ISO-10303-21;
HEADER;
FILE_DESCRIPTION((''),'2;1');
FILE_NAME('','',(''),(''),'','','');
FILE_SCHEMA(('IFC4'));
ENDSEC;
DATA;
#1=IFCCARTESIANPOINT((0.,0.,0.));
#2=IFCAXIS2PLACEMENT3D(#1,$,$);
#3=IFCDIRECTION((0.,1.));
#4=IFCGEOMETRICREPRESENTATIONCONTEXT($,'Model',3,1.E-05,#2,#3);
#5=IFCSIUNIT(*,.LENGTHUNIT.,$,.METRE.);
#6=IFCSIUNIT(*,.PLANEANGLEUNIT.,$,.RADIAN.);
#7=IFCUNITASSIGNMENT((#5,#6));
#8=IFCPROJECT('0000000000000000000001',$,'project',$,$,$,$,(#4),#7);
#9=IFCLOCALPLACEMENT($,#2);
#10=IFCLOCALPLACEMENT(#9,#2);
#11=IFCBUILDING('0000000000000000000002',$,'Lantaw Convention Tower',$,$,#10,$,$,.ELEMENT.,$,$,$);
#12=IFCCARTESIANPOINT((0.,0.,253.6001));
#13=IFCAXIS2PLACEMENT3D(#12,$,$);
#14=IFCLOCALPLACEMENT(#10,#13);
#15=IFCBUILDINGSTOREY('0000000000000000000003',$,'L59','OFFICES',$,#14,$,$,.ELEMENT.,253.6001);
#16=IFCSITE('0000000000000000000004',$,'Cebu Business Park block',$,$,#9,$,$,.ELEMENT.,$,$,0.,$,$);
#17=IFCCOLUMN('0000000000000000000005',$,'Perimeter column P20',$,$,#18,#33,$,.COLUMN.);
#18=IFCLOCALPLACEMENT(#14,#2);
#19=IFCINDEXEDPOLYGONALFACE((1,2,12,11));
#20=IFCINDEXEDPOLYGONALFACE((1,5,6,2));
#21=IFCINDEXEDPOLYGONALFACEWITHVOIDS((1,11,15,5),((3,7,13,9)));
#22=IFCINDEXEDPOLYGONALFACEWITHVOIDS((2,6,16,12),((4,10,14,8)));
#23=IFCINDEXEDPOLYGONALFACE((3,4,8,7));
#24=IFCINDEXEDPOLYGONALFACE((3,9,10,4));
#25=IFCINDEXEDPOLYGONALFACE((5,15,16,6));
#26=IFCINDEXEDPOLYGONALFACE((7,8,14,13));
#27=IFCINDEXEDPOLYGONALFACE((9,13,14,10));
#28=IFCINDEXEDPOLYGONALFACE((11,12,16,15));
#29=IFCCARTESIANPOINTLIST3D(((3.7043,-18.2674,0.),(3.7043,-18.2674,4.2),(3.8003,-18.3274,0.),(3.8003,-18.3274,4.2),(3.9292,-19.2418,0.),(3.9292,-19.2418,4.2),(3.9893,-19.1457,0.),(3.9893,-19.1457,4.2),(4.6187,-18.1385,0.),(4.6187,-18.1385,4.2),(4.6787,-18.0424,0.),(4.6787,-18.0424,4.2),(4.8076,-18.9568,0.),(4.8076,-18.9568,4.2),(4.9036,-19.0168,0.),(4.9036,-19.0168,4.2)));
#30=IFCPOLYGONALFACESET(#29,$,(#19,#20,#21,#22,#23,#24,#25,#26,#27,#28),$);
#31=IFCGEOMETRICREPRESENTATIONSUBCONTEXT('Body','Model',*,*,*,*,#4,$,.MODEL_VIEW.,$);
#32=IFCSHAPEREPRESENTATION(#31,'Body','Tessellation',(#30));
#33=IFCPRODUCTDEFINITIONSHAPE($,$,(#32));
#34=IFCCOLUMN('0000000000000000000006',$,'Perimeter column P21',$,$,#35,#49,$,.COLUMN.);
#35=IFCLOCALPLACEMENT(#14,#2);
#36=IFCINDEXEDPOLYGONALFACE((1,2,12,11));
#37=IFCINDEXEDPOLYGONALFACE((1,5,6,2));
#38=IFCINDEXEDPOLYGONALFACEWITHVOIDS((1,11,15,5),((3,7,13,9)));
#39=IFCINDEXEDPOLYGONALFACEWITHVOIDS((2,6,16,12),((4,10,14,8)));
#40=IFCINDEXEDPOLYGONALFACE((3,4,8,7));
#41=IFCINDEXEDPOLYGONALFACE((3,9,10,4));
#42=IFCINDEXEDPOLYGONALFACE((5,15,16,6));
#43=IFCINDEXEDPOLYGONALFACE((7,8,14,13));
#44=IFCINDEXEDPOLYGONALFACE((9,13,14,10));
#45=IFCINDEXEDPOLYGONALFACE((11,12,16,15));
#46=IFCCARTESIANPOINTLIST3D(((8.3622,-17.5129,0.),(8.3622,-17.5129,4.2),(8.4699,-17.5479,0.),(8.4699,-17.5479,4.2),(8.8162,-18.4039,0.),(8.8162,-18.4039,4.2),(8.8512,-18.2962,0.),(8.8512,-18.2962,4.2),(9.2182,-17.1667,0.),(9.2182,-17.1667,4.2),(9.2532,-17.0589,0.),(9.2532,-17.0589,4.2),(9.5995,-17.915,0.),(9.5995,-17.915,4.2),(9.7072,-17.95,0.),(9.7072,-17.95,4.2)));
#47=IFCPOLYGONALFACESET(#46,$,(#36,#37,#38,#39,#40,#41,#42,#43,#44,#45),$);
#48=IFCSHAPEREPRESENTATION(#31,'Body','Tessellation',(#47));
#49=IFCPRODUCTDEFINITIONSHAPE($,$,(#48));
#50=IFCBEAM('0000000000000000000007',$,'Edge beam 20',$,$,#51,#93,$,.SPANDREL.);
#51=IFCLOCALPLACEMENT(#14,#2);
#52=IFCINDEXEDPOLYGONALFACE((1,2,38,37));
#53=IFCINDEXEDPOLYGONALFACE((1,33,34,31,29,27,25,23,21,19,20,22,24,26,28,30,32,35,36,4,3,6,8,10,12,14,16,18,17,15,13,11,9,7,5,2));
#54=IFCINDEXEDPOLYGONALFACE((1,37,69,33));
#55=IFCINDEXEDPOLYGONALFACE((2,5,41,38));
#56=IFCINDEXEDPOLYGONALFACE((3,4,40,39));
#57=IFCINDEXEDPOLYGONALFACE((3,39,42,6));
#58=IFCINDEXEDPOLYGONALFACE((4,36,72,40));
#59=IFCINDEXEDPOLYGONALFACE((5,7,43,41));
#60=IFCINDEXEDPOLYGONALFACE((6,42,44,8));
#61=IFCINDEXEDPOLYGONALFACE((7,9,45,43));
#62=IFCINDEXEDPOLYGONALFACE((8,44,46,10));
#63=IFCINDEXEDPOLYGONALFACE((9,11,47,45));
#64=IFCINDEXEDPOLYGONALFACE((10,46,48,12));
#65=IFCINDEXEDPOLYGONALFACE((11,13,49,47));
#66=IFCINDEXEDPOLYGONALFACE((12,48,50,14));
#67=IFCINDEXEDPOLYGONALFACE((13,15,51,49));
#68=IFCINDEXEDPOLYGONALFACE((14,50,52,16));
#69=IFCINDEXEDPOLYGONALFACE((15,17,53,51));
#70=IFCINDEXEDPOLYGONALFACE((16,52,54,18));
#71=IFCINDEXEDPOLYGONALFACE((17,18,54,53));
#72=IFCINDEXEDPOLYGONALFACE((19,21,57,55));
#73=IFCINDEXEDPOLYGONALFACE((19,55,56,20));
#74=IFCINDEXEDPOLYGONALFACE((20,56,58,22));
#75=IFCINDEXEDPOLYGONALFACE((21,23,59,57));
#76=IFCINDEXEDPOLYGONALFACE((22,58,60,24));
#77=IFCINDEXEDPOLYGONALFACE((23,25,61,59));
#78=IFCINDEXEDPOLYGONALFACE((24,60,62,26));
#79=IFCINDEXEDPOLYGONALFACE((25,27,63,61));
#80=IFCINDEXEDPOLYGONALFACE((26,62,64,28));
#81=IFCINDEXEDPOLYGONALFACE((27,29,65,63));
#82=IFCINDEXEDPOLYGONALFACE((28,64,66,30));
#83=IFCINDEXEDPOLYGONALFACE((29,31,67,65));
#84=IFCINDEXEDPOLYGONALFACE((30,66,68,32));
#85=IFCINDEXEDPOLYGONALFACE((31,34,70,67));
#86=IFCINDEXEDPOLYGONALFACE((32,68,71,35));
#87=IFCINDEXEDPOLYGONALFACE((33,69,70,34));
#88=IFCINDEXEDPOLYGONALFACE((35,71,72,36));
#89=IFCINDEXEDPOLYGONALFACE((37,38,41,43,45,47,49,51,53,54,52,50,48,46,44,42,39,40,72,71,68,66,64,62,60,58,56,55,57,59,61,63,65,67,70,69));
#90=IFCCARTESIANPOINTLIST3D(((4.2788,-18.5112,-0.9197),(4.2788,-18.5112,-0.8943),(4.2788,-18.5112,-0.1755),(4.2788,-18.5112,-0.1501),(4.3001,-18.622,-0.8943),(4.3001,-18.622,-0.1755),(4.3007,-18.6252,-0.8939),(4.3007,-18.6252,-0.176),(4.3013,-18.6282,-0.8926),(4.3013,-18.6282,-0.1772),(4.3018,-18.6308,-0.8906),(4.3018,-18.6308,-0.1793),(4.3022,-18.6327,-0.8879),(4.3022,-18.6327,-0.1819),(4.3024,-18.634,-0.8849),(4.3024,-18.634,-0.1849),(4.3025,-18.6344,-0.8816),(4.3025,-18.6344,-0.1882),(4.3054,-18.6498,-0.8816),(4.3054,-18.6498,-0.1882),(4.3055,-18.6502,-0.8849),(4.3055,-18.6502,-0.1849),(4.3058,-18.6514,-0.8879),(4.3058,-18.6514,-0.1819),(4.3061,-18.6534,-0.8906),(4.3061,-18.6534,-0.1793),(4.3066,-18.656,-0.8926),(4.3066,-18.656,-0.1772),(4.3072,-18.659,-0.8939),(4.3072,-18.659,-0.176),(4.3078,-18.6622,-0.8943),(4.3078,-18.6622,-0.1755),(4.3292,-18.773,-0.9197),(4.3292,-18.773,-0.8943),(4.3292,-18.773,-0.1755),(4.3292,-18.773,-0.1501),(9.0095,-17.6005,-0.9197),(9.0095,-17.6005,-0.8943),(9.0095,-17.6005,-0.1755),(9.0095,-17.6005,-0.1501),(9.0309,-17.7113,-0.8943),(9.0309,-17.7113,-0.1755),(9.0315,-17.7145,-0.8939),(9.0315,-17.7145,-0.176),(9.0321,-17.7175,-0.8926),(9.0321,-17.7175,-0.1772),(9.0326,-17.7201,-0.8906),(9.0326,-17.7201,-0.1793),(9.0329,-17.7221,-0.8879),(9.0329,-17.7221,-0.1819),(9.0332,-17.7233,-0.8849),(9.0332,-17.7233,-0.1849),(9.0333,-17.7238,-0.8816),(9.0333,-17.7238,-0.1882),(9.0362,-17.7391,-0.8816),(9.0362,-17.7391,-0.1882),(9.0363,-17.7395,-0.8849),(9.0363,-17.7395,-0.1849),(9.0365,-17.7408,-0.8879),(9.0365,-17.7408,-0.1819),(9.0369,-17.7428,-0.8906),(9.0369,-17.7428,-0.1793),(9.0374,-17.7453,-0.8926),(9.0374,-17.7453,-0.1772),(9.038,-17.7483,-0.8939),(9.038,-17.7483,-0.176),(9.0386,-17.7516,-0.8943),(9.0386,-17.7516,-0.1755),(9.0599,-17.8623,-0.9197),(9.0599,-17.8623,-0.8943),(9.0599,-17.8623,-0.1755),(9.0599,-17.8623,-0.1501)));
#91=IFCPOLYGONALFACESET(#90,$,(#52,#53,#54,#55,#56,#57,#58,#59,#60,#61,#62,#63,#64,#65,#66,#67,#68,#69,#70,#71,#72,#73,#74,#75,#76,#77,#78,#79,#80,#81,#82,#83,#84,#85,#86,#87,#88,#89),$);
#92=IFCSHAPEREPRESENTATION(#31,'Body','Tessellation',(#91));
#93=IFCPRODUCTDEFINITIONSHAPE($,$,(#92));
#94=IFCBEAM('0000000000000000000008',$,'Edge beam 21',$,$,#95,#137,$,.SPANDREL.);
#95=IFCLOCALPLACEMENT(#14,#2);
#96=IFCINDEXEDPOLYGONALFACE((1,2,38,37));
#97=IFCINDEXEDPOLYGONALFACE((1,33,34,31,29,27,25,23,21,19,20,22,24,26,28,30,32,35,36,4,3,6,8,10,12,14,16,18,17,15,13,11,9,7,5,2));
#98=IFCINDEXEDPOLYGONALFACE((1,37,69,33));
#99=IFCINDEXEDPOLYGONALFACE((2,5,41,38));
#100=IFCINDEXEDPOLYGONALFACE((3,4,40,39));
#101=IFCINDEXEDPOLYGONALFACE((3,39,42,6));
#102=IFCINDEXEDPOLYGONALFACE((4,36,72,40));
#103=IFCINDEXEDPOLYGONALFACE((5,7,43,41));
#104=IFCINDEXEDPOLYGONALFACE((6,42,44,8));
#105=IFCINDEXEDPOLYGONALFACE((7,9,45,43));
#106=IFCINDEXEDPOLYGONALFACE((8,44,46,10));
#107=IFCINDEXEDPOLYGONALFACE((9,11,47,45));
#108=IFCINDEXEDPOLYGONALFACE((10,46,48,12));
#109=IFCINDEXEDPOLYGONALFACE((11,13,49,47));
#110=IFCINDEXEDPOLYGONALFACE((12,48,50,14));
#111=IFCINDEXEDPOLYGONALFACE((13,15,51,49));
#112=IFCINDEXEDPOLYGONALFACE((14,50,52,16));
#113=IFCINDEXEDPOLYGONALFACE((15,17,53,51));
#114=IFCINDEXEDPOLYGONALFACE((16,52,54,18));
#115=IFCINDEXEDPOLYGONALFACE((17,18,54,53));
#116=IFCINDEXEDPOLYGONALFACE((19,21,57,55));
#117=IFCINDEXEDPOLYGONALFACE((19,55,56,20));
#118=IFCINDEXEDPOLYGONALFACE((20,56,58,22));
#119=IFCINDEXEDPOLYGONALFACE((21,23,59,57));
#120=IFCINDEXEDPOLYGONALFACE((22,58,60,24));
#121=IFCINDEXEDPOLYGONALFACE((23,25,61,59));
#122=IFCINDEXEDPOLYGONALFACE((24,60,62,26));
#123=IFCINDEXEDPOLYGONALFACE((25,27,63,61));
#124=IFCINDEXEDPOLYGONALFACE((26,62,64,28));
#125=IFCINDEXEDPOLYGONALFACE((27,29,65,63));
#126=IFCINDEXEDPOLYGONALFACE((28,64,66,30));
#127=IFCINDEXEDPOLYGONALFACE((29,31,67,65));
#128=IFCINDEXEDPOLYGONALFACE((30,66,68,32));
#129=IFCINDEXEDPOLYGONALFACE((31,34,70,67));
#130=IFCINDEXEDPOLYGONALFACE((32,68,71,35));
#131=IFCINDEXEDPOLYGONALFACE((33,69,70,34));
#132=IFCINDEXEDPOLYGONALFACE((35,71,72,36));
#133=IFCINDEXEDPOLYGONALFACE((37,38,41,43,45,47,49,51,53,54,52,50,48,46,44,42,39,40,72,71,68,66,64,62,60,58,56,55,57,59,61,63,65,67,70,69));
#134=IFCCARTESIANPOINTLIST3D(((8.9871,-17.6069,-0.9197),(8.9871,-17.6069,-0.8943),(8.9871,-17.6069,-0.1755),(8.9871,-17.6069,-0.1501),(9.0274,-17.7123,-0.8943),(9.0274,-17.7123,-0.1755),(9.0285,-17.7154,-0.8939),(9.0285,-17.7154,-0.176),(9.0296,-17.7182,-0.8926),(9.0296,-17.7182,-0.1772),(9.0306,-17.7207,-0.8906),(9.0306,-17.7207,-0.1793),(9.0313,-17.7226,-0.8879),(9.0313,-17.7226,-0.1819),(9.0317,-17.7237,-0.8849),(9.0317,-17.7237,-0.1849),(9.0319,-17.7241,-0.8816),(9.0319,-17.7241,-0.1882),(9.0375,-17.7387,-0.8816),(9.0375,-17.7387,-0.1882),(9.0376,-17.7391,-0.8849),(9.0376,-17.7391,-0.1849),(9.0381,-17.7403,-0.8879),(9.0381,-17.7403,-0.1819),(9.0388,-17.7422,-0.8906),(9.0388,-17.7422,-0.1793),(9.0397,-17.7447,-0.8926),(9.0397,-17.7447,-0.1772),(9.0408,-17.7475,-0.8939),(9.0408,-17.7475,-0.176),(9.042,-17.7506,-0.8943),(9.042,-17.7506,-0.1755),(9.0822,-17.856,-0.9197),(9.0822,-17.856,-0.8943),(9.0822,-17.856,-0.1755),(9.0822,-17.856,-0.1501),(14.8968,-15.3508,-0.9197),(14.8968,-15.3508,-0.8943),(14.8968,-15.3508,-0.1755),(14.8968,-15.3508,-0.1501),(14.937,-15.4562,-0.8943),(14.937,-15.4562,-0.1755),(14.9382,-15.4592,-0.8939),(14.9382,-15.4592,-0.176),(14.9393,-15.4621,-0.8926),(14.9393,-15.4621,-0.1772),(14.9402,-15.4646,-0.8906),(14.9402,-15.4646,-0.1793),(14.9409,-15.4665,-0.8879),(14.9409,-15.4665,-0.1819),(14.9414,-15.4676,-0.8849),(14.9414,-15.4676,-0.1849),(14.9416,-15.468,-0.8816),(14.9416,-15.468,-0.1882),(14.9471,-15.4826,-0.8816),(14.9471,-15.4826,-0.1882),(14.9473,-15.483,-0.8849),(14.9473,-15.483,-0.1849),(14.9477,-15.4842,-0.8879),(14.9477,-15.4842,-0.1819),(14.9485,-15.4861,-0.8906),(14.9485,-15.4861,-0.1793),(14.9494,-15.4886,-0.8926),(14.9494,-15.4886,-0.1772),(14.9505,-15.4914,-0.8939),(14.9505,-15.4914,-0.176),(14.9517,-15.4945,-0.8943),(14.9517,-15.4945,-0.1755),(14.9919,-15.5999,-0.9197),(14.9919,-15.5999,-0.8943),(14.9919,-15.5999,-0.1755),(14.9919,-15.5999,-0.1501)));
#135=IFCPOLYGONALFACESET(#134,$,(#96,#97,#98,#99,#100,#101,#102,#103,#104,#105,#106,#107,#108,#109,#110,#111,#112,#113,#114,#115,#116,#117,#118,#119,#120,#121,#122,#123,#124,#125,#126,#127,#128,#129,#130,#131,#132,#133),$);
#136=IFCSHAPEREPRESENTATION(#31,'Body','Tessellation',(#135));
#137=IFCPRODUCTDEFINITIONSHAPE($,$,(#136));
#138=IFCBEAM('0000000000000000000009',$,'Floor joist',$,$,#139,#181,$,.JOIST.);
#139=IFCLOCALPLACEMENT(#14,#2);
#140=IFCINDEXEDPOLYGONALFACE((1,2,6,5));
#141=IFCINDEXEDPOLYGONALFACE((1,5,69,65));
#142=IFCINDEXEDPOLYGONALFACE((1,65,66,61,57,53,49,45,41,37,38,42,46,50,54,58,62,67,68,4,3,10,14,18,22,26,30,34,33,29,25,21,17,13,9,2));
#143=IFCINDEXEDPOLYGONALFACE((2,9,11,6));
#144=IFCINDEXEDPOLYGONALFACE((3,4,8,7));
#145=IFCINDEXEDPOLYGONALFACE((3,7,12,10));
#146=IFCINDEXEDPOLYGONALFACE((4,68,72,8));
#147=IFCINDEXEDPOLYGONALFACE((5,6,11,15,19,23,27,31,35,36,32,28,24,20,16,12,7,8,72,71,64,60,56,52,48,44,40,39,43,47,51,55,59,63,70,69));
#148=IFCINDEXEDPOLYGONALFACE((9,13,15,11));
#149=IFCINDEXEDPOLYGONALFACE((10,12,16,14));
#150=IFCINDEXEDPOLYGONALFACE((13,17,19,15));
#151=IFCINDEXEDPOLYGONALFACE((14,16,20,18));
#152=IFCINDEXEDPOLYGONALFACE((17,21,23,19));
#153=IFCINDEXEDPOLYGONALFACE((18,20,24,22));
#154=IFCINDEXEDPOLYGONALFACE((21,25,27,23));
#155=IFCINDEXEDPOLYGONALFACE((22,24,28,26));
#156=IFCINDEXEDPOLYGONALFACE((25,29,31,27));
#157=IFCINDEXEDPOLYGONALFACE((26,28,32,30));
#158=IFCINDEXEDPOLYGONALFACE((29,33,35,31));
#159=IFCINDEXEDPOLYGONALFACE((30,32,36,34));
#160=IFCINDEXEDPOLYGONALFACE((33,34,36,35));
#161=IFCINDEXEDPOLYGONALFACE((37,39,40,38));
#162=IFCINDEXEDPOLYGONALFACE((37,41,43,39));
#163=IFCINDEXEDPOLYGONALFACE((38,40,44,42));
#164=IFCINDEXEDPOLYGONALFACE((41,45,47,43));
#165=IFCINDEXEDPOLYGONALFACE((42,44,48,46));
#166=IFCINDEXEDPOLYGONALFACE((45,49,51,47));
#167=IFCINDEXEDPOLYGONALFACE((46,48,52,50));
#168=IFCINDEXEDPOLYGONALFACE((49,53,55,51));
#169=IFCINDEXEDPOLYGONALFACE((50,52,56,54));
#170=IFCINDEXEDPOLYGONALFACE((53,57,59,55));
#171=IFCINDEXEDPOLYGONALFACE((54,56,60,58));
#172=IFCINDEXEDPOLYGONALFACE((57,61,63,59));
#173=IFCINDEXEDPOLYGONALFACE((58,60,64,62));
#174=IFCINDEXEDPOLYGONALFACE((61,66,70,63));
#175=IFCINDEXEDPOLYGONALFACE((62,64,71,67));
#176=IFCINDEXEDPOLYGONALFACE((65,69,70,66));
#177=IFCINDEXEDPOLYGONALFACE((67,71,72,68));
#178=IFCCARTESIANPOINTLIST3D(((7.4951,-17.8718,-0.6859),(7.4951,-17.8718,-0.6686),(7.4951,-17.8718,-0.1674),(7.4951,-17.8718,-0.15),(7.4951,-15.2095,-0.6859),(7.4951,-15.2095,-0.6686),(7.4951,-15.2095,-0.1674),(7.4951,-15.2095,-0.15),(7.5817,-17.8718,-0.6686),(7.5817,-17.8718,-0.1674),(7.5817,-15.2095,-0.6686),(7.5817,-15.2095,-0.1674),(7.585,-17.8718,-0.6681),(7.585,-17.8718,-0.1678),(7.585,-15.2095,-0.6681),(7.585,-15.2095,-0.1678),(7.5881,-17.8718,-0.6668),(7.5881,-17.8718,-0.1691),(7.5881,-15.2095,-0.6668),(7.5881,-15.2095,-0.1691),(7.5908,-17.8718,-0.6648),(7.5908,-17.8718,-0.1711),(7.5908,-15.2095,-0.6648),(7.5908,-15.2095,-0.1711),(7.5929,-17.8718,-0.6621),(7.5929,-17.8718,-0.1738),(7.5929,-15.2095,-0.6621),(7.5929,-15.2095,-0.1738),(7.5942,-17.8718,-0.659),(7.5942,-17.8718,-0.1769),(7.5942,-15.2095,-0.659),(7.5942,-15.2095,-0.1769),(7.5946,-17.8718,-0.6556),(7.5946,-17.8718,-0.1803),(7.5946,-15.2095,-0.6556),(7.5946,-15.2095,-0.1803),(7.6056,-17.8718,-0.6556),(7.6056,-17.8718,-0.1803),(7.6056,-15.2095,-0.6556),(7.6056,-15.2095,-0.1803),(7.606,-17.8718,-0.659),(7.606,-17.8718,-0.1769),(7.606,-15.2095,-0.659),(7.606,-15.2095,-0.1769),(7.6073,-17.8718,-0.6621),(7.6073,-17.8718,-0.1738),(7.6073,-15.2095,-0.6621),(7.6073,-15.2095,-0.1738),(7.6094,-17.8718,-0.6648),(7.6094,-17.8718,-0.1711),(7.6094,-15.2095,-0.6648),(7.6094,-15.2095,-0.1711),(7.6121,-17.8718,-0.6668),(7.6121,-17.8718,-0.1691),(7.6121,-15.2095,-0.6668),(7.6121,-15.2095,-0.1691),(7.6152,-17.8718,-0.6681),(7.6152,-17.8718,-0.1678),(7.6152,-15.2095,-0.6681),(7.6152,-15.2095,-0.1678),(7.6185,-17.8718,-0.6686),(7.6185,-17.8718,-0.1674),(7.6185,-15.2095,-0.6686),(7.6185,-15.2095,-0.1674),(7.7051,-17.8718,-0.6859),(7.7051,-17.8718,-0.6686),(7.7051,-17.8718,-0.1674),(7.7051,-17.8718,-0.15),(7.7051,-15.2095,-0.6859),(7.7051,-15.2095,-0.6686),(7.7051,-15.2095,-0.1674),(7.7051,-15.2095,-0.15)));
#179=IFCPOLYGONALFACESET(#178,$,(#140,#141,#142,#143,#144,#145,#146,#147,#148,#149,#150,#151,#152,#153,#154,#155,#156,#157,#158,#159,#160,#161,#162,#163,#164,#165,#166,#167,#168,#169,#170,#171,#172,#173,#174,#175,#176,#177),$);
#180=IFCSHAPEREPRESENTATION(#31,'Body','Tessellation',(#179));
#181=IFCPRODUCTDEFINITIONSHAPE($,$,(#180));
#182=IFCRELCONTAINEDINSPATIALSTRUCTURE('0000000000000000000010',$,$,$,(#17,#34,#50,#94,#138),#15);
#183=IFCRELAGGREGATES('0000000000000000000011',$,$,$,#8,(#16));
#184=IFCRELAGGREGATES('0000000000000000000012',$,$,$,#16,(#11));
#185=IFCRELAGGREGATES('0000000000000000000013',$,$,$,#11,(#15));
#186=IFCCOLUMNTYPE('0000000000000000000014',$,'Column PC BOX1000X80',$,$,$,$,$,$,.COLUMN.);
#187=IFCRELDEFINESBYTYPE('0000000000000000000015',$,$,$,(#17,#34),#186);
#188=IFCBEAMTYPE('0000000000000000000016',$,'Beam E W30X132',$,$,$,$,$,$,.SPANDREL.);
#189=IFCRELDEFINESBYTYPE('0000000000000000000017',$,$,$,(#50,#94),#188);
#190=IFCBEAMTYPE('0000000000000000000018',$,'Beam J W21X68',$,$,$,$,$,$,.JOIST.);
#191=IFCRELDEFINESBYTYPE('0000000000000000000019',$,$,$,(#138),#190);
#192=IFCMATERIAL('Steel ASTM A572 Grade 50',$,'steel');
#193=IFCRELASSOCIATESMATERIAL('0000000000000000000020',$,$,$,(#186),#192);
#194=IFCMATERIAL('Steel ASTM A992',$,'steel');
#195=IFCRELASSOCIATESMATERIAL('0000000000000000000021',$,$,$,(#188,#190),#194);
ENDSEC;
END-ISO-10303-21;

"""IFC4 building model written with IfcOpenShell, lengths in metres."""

from ifc_helpers import new_model, si_unit, direction, frame, origin, origin_2d, place, context, subcontext, project, spatial, rectangle, hollow_rectangle, i_section, extrude, material, material_profile, profile_set, type_object, element, save


model = new_model("IFC4")

# Units and contexts
model_context = context("Model", 3, precision=1e-05, world=origin(), true_north=direction((0.0, 1.0)))
body_context = subcontext(model_context, "Body", "Model", "MODEL_VIEW")
ifc_project = project(units=[si_unit("LENGTHUNIT", "METRE"), si_unit("PLANEANGLEUNIT", "RADIAN")], contexts=[model_context])

# Site, building, storey
site_placement = place(None, origin())
site = spatial("IfcSite", under=ifc_project, at=site_placement, Name="Cebu Business Park block", CompositionType="ELEMENT", RefElevation=0.0)
building_placement = place(site_placement, origin())
building = spatial("IfcBuilding", under=site, at=building_placement, Name="Lantaw Convention Tower", CompositionType="ELEMENT")
storey_placement = place(building_placement, frame((0.0, 0.0, 253.6001)))
storey = spatial("IfcBuildingStorey", under=building, at=storey_placement, Name="L59", Description="OFFICES", CompositionType="ELEMENT", Elevation=253.6001)

# Columns
ifc_material_1 = material(Name="Steel ASTM A572 Grade 50", Category="steel")
ifc_material_profile_1 = material_profile(ifc_material_1, hollow_rectangle(XDim=1.0, YDim=1.0, WallThickness=0.0801, at=origin_2d()), Name="BOX1000X80")
ifc_material_2 = material(Name="Concrete C60/75", Category="concrete")
ifc_material_profile_2 = material_profile(ifc_material_2, rectangle(XDim=0.8401, YDim=0.8401, at=origin_2d()), Name="Concrete fill of BOX1000X80")
ifc_profile_set_1 = profile_set([ifc_material_profile_1, ifc_material_profile_2], Name="Steel ASTM A572 Grade 50")
column_type = type_object("IfcColumnType", Name="Column PC BOX1000X80", PredefinedType="COLUMN", material=ifc_profile_set_1)
for number, where, z_axis, x_axis, name in (
    (1, (4.304, -18.6421, 0.0), (0.0, 0.0, 1.0), (0.97437, 0.224951, 0.0), "Perimeter column P20"),
    (2, (9.0347, -17.7314, 0.0), (0.0, 0.0, 1.0), (0.891007, 0.45399, 0.0), "Perimeter column P21"),
):
    element("IfcColumn", number, at=place(storey_placement, frame(where, z_axis=z_axis, x_axis=x_axis)), inside=storey, type_object=column_type, Name=name, PredefinedType="COLUMN", context=body_context, shape_type="SweptSolid", body=[
        extrude(hollow_rectangle(XDim=1.0, YDim=1.0, WallThickness=0.0801, at=origin_2d()), origin(), (0.0, 0.0, 1.0), 4.2),
    ])

# Beams
ifc_material_3 = material(Name="Steel ASTM A992", Category="steel")
ifc_material_profile_3 = material_profile(ifc_material_3, i_section(OverallWidth=0.2666, OverallDepth=0.7695, WebThickness=0.0156, FlangeThickness=0.0254, FilletRadius=0.0127, at=origin_2d()), Name="W30X132")
ifc_profile_set_2 = profile_set([ifc_material_profile_3], Name="Steel ASTM A992")
beam_type_1 = type_object("IfcBeamType", Name="Beam E W30X132", PredefinedType="SPANDREL", material=ifc_profile_set_2)
beam_1_placement = place(storey_placement, frame((4.304, -18.6421, -0.5349), z_axis=(0.981972, 0.189026, 0.0), x_axis=(-0.189026, 0.981972, 0.0)))
element("IfcBeam", 3, at=beam_1_placement, inside=storey, type_object=beam_type_1, Name="Edge beam 20", PredefinedType="SPANDREL", context=body_context, shape_type="SweptSolid", body=[
    extrude(i_section(OverallWidth=0.2666, OverallDepth=0.7695, WebThickness=0.0156, FlangeThickness=0.0254, FilletRadius=0.0127, at=origin_2d()), origin(), (0.0, 0.0, 1.0), 4.8176),
])
beam_2_placement = place(storey_placement, frame((9.0347, -17.7314, -0.5349), z_axis=(0.934235, 0.356658, 0.0), x_axis=(-0.356658, 0.934235, 0.0)))
element("IfcBeam", 4, at=beam_2_placement, inside=storey, type_object=beam_type_1, Name="Edge beam 21", PredefinedType="SPANDREL", context=body_context, shape_type="SweptSolid", body=[
    extrude(i_section(OverallWidth=0.2666, OverallDepth=0.7695, WebThickness=0.0156, FlangeThickness=0.0254, FilletRadius=0.0127, at=origin_2d()), origin(), (0.0, 0.0, 1.0), 6.3257),
])
ifc_material_profile_4 = material_profile(ifc_material_3, i_section(OverallWidth=0.21, OverallDepth=0.5359, WebThickness=0.011, FlangeThickness=0.0173, FilletRadius=0.0129, at=origin_2d()), Name="W21X68")
ifc_profile_set_3 = profile_set([ifc_material_profile_4], Name="Steel ASTM A992")
beam_type_2 = type_object("IfcBeamType", Name="Beam J W21X68", PredefinedType="JOIST", material=ifc_profile_set_3)
beam_3_placement = place(storey_placement, frame((7.6001, -17.8718, -0.418), z_axis=(0.0, 1.0, 0.0), x_axis=(-1.0, 0.0, 0.0)))
element("IfcBeam", 5, at=beam_3_placement, inside=storey, type_object=beam_type_2, Name="Floor joist", PredefinedType="JOIST", context=body_context, shape_type="SweptSolid", body=[
    extrude(i_section(OverallWidth=0.21, OverallDepth=0.5359, WebThickness=0.011, FlangeThickness=0.0173, FilletRadius=0.0129, at=origin_2d()), origin(), (0.0, 0.0, 1.0), 2.6624),
])

save(model, "model.ifc")
